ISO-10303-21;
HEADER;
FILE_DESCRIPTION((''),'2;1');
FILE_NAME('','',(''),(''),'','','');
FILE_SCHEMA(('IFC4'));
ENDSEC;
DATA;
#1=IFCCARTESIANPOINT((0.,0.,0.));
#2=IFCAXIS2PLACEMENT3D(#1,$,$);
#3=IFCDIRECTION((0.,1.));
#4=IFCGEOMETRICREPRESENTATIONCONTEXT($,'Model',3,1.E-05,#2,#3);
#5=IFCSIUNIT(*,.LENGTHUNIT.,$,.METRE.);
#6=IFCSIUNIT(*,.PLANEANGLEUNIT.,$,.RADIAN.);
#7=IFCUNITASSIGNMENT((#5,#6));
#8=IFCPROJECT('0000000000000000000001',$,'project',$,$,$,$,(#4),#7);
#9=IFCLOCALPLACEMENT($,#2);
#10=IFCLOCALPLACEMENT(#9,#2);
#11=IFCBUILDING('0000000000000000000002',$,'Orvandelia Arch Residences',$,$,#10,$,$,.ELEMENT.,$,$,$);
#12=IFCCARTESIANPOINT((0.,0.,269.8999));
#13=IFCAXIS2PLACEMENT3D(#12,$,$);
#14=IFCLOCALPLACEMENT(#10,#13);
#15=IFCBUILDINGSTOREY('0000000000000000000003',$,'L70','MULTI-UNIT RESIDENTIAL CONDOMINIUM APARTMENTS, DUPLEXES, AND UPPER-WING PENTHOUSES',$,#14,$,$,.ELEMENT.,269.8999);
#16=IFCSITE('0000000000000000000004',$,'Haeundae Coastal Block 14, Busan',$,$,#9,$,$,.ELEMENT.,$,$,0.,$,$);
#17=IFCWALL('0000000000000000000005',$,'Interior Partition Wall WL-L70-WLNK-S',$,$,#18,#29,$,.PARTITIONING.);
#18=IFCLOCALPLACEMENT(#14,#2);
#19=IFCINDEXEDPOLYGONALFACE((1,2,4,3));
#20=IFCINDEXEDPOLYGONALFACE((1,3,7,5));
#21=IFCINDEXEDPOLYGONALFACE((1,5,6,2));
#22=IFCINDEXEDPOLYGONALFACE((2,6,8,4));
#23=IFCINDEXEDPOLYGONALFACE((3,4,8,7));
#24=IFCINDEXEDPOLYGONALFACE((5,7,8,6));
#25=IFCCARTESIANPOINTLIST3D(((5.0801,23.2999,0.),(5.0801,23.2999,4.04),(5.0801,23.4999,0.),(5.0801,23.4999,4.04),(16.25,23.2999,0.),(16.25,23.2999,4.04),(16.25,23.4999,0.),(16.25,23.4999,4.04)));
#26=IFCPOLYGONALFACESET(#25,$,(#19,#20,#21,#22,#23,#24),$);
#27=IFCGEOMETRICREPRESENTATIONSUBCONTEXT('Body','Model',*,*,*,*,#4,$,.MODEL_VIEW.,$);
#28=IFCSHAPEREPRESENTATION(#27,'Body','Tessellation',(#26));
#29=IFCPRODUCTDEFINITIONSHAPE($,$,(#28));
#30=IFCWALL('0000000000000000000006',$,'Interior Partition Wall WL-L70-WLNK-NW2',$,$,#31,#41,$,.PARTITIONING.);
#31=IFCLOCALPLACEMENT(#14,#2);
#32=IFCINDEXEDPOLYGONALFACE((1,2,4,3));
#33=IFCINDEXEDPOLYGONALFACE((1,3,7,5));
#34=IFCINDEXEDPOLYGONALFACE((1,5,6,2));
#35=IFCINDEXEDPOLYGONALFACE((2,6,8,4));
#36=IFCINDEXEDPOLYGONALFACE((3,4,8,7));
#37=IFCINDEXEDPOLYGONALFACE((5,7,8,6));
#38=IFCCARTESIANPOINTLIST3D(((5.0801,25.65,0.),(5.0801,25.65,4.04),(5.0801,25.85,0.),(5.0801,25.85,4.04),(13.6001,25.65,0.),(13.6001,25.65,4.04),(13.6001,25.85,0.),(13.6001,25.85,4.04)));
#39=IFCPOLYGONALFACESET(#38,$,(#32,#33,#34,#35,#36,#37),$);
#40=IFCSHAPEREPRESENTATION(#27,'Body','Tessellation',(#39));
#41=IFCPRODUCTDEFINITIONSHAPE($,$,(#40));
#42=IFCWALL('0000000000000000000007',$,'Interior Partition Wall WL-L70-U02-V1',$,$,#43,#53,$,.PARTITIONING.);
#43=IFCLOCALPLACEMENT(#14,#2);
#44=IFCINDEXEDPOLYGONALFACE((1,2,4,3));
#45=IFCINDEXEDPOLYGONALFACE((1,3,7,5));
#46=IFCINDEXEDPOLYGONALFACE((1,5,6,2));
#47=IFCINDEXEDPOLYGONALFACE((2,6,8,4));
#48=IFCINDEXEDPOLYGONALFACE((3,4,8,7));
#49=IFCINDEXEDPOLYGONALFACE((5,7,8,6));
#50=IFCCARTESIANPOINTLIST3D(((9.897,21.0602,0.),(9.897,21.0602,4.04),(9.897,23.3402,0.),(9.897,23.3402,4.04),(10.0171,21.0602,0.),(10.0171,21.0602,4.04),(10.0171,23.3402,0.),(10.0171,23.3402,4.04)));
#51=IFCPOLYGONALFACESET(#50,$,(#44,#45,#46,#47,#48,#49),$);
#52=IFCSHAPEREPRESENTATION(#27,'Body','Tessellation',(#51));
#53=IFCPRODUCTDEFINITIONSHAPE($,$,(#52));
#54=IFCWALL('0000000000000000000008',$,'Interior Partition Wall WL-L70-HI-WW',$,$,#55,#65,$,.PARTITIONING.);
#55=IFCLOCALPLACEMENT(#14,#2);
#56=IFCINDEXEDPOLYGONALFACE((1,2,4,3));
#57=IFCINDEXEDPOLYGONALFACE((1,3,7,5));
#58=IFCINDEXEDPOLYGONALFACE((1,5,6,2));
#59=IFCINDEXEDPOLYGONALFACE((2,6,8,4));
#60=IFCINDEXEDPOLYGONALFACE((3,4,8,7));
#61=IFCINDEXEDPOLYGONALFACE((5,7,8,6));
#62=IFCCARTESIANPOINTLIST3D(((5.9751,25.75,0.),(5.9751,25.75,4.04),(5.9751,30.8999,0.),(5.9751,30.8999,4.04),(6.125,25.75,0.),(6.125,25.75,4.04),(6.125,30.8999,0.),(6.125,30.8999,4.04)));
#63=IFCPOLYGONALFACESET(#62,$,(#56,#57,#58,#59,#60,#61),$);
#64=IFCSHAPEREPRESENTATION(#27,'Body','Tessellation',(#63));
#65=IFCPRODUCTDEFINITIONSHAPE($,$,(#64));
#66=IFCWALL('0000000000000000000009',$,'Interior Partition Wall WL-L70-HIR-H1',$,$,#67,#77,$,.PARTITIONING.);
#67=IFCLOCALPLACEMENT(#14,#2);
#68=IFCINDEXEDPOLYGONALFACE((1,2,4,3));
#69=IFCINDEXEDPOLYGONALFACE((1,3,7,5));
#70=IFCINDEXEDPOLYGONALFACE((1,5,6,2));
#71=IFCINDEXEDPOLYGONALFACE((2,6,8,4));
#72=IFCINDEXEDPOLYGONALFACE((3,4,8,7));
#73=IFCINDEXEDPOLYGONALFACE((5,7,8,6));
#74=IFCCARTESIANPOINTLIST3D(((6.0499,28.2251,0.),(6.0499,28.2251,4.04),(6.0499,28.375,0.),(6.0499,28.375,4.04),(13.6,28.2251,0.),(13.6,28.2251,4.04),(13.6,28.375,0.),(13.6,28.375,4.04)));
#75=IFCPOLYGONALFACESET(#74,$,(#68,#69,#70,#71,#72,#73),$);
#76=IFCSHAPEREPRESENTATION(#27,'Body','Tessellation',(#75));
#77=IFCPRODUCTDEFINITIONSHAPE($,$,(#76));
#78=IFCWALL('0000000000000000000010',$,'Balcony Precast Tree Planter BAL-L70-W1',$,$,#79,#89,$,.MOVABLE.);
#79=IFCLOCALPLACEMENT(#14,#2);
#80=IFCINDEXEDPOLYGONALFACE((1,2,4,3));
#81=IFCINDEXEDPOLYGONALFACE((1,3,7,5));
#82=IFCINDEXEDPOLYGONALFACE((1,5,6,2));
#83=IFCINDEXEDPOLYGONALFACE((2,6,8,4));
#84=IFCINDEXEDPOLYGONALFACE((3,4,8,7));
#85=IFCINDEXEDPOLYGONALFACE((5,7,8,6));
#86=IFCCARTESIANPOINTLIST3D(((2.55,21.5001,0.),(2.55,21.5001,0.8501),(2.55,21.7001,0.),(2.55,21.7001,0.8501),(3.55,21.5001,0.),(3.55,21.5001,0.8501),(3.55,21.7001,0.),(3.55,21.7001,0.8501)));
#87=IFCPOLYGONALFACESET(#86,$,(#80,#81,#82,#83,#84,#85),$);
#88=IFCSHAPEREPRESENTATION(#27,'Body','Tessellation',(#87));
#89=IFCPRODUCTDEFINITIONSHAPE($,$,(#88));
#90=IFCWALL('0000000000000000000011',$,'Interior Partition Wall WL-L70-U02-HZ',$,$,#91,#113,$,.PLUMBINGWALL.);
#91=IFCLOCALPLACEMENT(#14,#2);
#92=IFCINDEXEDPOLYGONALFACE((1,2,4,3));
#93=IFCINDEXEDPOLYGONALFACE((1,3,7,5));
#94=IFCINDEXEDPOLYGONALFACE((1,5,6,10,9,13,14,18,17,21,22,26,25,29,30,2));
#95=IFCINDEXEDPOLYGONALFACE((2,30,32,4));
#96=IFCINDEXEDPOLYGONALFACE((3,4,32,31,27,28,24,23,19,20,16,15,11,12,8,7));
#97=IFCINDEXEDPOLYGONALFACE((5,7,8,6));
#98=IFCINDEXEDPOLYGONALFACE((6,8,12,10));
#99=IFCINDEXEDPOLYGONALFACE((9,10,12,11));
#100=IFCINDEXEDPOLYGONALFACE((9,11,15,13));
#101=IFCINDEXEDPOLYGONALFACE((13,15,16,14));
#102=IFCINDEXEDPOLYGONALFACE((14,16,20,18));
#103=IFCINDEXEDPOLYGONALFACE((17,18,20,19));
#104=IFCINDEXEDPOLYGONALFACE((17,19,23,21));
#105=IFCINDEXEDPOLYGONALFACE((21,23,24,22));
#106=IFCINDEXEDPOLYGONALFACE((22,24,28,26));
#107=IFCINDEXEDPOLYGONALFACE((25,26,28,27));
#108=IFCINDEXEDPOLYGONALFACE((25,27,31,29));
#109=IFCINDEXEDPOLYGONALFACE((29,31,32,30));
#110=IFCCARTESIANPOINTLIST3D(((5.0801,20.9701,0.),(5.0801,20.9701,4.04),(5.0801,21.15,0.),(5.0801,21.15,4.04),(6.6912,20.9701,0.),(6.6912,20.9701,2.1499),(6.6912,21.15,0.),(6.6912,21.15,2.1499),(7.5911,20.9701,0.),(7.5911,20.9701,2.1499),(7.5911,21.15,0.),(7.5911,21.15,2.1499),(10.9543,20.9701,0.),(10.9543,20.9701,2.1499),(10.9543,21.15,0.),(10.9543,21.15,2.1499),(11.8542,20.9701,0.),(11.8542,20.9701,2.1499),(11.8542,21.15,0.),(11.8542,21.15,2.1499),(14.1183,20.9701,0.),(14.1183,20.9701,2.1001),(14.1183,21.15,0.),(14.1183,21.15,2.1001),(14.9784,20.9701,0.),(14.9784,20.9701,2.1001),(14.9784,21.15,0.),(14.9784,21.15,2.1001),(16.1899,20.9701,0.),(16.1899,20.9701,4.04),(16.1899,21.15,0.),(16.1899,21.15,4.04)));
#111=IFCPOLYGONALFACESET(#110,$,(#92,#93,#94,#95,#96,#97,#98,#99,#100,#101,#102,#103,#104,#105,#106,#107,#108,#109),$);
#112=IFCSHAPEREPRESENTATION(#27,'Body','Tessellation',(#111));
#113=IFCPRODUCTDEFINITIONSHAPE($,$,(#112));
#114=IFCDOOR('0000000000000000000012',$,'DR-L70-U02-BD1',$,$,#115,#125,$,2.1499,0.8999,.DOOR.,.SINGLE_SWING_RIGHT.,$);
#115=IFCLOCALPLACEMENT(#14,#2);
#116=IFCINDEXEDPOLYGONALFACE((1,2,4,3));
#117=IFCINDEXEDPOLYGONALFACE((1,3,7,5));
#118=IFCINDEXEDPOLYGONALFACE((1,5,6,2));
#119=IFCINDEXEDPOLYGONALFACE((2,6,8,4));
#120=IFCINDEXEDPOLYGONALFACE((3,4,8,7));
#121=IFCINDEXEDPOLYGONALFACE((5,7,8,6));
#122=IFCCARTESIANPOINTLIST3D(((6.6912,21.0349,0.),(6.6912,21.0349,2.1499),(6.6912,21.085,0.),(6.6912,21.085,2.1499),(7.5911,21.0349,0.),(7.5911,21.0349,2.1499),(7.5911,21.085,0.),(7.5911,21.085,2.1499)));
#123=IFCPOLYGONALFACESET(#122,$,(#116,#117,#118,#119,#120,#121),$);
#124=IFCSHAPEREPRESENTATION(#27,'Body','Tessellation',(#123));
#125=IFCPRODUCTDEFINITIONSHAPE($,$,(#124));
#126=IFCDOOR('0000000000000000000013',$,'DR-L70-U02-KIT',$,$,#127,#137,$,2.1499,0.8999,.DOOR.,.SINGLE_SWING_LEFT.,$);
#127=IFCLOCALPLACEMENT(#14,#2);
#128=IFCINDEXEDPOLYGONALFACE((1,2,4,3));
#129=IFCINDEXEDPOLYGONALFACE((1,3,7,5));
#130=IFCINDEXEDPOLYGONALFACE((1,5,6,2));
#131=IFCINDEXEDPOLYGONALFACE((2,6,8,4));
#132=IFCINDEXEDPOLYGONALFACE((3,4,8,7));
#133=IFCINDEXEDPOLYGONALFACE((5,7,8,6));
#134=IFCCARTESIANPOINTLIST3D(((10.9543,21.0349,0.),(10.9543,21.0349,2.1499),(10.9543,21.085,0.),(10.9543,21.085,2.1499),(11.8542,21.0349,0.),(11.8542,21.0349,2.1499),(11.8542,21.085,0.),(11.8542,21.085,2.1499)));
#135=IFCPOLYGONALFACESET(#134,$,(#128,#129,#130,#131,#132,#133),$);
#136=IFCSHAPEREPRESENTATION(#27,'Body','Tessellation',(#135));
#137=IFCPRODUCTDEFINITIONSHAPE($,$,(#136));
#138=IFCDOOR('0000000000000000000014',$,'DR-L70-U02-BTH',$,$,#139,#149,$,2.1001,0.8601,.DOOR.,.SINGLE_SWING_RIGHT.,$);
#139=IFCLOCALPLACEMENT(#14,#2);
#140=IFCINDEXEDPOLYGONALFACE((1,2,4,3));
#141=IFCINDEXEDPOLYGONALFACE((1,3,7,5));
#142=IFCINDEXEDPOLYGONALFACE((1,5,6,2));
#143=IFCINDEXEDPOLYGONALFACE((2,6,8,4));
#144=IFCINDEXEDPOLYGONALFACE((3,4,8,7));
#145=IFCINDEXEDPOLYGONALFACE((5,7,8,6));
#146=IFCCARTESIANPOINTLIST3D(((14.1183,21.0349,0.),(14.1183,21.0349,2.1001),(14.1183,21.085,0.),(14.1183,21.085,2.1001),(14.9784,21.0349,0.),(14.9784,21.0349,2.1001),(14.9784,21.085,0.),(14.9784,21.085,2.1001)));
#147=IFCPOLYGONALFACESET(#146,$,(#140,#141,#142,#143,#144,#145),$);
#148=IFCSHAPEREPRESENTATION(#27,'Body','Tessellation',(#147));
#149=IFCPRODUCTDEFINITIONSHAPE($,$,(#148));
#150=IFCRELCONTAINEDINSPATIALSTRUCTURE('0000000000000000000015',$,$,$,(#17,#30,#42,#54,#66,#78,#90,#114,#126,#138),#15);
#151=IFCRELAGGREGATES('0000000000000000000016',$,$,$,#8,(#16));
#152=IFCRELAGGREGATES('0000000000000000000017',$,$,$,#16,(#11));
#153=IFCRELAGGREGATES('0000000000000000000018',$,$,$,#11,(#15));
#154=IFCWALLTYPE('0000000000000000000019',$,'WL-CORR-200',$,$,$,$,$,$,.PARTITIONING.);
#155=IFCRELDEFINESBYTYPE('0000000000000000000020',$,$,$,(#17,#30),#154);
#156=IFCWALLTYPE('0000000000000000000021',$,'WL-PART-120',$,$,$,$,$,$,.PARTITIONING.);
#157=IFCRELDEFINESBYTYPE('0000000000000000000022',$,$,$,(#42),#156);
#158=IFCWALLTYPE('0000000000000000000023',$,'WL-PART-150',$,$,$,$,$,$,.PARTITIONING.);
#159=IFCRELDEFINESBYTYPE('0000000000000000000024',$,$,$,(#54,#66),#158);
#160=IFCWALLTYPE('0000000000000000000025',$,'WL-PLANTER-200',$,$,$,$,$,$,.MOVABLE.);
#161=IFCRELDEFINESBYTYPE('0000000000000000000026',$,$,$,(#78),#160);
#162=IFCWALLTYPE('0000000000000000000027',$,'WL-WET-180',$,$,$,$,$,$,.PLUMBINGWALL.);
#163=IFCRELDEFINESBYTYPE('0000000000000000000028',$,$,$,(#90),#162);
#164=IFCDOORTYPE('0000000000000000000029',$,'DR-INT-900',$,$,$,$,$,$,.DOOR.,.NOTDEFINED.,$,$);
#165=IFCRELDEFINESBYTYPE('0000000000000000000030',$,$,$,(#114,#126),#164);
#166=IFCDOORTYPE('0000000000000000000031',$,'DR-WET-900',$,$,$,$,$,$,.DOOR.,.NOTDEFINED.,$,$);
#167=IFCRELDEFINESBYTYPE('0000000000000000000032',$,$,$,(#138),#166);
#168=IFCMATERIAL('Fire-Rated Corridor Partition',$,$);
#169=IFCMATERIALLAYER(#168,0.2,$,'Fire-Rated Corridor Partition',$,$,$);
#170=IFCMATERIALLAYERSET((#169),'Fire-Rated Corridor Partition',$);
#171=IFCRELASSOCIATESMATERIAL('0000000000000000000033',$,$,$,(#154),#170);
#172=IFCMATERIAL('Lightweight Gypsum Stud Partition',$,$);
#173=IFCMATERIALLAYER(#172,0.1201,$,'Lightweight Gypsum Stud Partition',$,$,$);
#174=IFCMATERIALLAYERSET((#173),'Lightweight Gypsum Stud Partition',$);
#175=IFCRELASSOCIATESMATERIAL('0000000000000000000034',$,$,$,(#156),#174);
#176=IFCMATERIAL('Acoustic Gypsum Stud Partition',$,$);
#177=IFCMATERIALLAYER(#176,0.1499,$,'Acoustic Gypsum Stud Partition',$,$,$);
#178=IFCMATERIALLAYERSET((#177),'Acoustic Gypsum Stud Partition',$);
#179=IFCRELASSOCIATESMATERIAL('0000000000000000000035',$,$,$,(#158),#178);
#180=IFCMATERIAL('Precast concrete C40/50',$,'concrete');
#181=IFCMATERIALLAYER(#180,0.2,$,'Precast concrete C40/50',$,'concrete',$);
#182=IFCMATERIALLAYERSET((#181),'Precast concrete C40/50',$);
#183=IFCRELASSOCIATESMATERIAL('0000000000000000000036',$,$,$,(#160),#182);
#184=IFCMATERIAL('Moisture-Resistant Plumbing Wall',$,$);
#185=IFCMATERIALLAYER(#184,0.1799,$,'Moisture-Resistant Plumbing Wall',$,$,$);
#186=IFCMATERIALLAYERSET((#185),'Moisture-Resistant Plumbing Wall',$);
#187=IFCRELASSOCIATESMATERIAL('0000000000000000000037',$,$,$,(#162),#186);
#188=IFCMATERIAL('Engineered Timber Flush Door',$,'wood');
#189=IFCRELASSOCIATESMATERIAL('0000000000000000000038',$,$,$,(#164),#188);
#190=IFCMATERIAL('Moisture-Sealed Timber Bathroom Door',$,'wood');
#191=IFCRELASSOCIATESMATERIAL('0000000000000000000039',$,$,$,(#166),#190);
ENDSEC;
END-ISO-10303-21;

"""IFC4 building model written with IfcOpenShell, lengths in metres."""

from ifc_helpers import new_model, si_unit, direction, frame, frame_2d, origin, place, context, subcontext, project, spatial, rectangle, extrude, material, layer, layer_set, type_object, element, fill, save


model = new_model("IFC4")

# Units and contexts
model_context = context("Model", 3, precision=1e-05, world=origin(), true_north=direction((0.0, 1.0)))
body_context = subcontext(model_context, "Body", "Model", "MODEL_VIEW")
ifc_project = project(units=[si_unit("LENGTHUNIT", "METRE"), si_unit("PLANEANGLEUNIT", "RADIAN")], contexts=[model_context])

# Site, building, storey
site_placement = place(None, origin())
site = spatial("IfcSite", under=ifc_project, at=site_placement, Name="Haeundae Coastal Block 14, Busan", CompositionType="ELEMENT", RefElevation=0.0)
building_placement = place(site_placement, origin())
building = spatial("IfcBuilding", under=site, at=building_placement, Name="Orvandelia Arch Residences", CompositionType="ELEMENT")
storey_placement = place(building_placement, frame((0.0, 0.0, 269.8999)))
storey = spatial("IfcBuildingStorey", under=building, at=storey_placement, Name="L70", Description="MULTI-UNIT RESIDENTIAL CONDOMINIUM APARTMENTS, DUPLEXES, AND UPPER-WING PENTHOUSES", CompositionType="ELEMENT", Elevation=269.8999)

# Walls
ifc_material_1 = material(Name="Fire-Rated Corridor Partition")
ifc_layer_1 = layer(ifc_material_1, 0.2, Name="Fire-Rated Corridor Partition")
ifc_layer_set_1 = layer_set([ifc_layer_1], Name="Fire-Rated Corridor Partition")
wall_type_1 = type_object("IfcWallType", Name="WL-CORR-200", PredefinedType="PARTITIONING", material=ifc_layer_set_1)
wall_1_placement = place(storey_placement, frame((5.0801, 23.3999, 0.0), z_axis=(0.0, 0.0, 1.0), x_axis=(1.0, 0.0, 0.0)))
element("IfcWall", 1, at=wall_1_placement, inside=storey, type_object=wall_type_1, Name="Interior Partition Wall WL-L70-WLNK-S", PredefinedType="PARTITIONING", context=body_context, shape_type="SweptSolid", body=[
    extrude(rectangle(XDim=11.1699, YDim=0.2, at=frame_2d((5.585, 0.0))), origin(), (0.0, 0.0, 1.0), 4.04),
])
wall_2_placement = place(storey_placement, frame((5.0801, 25.75, 0.0), z_axis=(0.0, 0.0, 1.0), x_axis=(1.0, 0.0, 0.0)))
element("IfcWall", 2, at=wall_2_placement, inside=storey, type_object=wall_type_1, Name="Interior Partition Wall WL-L70-WLNK-NW2", PredefinedType="PARTITIONING", context=body_context, shape_type="SweptSolid", body=[
    extrude(rectangle(XDim=8.52, YDim=0.2, at=frame_2d((4.26, 0.0))), origin(), (0.0, 0.0, 1.0), 4.04),
])
ifc_material_2 = material(Name="Lightweight Gypsum Stud Partition")
ifc_layer_2 = layer(ifc_material_2, 0.1201, Name="Lightweight Gypsum Stud Partition")
ifc_layer_set_2 = layer_set([ifc_layer_2], Name="Lightweight Gypsum Stud Partition")
wall_type_2 = type_object("IfcWallType", Name="WL-PART-120", PredefinedType="PARTITIONING", material=ifc_layer_set_2)
wall_3_placement = place(storey_placement, frame((9.957, 21.0601, 0.0), z_axis=(0.0, 0.0, 1.0), x_axis=(0.0, 1.0, 0.0)))
element("IfcWall", 3, at=wall_3_placement, inside=storey, type_object=wall_type_2, Name="Interior Partition Wall WL-L70-U02-V1", PredefinedType="PARTITIONING", context=body_context, shape_type="SweptSolid", body=[
    extrude(rectangle(XDim=2.28, YDim=0.1201, at=frame_2d((1.1401, 0.0))), origin(), (0.0, 0.0, 1.0), 4.04),
])
ifc_material_3 = material(Name="Acoustic Gypsum Stud Partition")
ifc_layer_3 = layer(ifc_material_3, 0.1499, Name="Acoustic Gypsum Stud Partition")
ifc_layer_set_3 = layer_set([ifc_layer_3], Name="Acoustic Gypsum Stud Partition")
wall_type_3 = type_object("IfcWallType", Name="WL-PART-150", PredefinedType="PARTITIONING", material=ifc_layer_set_3)
wall_4_placement = place(storey_placement, frame((6.05, 25.75, 0.0), z_axis=(0.0, 0.0, 1.0), x_axis=(0.0, 1.0, 0.0)))
element("IfcWall", 4, at=wall_4_placement, inside=storey, type_object=wall_type_3, Name="Interior Partition Wall WL-L70-HI-WW", PredefinedType="PARTITIONING", context=body_context, shape_type="SweptSolid", body=[
    extrude(rectangle(XDim=5.1499, YDim=0.1499, at=frame_2d((2.575, 0.0))), origin(), (0.0, 0.0, 1.0), 4.04),
])
wall_5_placement = place(storey_placement, frame((6.05, 28.3, 0.0), z_axis=(0.0, 0.0, 1.0), x_axis=(1.0, 0.0, 0.0)))
element("IfcWall", 5, at=wall_5_placement, inside=storey, type_object=wall_type_3, Name="Interior Partition Wall WL-L70-HIR-H1", PredefinedType="PARTITIONING", context=body_context, shape_type="SweptSolid", body=[
    extrude(rectangle(XDim=7.55, YDim=0.1499, at=frame_2d((3.7749, 0.0))), origin(), (0.0, 0.0, 1.0), 4.04),
])
ifc_material_4 = material(Name="Precast concrete C40/50", Category="concrete")
ifc_layer_4 = layer(ifc_material_4, 0.2, Name="Precast concrete C40/50", Category="concrete")
ifc_layer_set_4 = layer_set([ifc_layer_4], Name="Precast concrete C40/50")
wall_type_4 = type_object("IfcWallType", Name="WL-PLANTER-200", PredefinedType="MOVABLE", material=ifc_layer_set_4)
wall_6_placement = place(storey_placement, frame((2.55, 21.6001, 0.0), z_axis=(0.0, 0.0, 1.0), x_axis=(1.0, 0.0, 0.0)))
element("IfcWall", 6, at=wall_6_placement, inside=storey, type_object=wall_type_4, Name="Balcony Precast Tree Planter BAL-L70-W1", PredefinedType="MOVABLE", context=body_context, shape_type="SweptSolid", body=[
    extrude(rectangle(XDim=1.0, YDim=0.2, at=frame_2d((0.5, 0.0))), origin(), (0.0, 0.0, 1.0), 0.8501),
])

# Wall, openings, doors
ifc_material_5 = material(Name="Moisture-Resistant Plumbing Wall")
ifc_layer_5 = layer(ifc_material_5, 0.1799, Name="Moisture-Resistant Plumbing Wall")
ifc_layer_set_5 = layer_set([ifc_layer_5], Name="Moisture-Resistant Plumbing Wall")
wall_type_5 = type_object("IfcWallType", Name="WL-WET-180", PredefinedType="PLUMBINGWALL", material=ifc_layer_set_5)
wall_7_placement = place(storey_placement, frame((5.0801, 21.0601, 0.0), z_axis=(0.0, 0.0, 1.0), x_axis=(1.0, 0.0, 0.0)))
wall_7 = element("IfcWall", 7, at=wall_7_placement, inside=storey, type_object=wall_type_5, Name="Interior Partition Wall WL-L70-U02-HZ", PredefinedType="PLUMBINGWALL", context=body_context, shape_type="SweptSolid", body=[
    extrude(rectangle(XDim=11.1099, YDim=0.1799, at=frame_2d((5.5549, 0.0))), origin(), (0.0, 0.0, 1.0), 4.04),
])
opening_1_placement = place(wall_7_placement, frame((1.6111, 0.0, 0.0)))
opening_1 = element("IfcOpeningElement", 8, at=opening_1_placement, cuts=wall_7, PredefinedType="OPENING", context=body_context, shape_type="SweptSolid", body=[
    extrude(rectangle(XDim=0.8999, YDim=2.1499, at=frame_2d((0.45, 1.075))), frame((0.0, 0.1001, 0.0), z_axis=(0.0, -1.0, 0.0), x_axis=(1.0, 0.0, 0.0)), (0.0, 0.0, 1.0), 0.2),
])
opening_2_placement = place(wall_7_placement, frame((5.8743, 0.0, 0.0)))
opening_2 = element("IfcOpeningElement", 9, at=opening_2_placement, cuts=wall_7, PredefinedType="OPENING", context=body_context, shape_type="SweptSolid", body=[
    extrude(rectangle(XDim=0.8999, YDim=2.1499, at=frame_2d((0.45, 1.075))), frame((0.0, 0.1001, 0.0), z_axis=(0.0, -1.0, 0.0), x_axis=(1.0, 0.0, 0.0)), (0.0, 0.0, 1.0), 0.2),
])
opening_3_placement = place(wall_7_placement, frame((9.0381, 0.0, 0.0)))
opening_3 = element("IfcOpeningElement", 10, at=opening_3_placement, cuts=wall_7, PredefinedType="OPENING", context=body_context, shape_type="SweptSolid", body=[
    extrude(rectangle(XDim=0.8601, YDim=2.1001, at=frame_2d((0.4302, 1.05))), frame((0.0, 0.1001, 0.0), z_axis=(0.0, -1.0, 0.0), x_axis=(1.0, 0.0, 0.0)), (0.0, 0.0, 1.0), 0.2),
])
ifc_material_6 = material(Name="Engineered Timber Flush Door", Category="wood")
door_type_1 = type_object("IfcDoorType", Name="DR-INT-900", OperationType="NOTDEFINED", PredefinedType="DOOR", material=ifc_material_6)
door_1_placement = place(opening_1_placement, origin())
door_1 = element("IfcDoor", 11, at=door_1_placement, inside=storey, type_object=door_type_1, Name="DR-L70-U02-BD1", OperationType="SINGLE_SWING_RIGHT", OverallHeight=2.1499, OverallWidth=0.8999, PredefinedType="DOOR", context=body_context, shape_type="SweptSolid", body=[
    extrude(rectangle(XDim=0.8999, YDim=2.1499, at=frame_2d((0.45, 1.075))), frame((0.0, 0.0249, 0.0), z_axis=(0.0, -1.0, 0.0), x_axis=(1.0, 0.0, 0.0)), (0.0, 0.0, 1.0), 0.05),
])
fill(opening_1, door_1)
door_2_placement = place(opening_2_placement, origin())
door_2 = element("IfcDoor", 12, at=door_2_placement, inside=storey, type_object=door_type_1, Name="DR-L70-U02-KIT", OperationType="SINGLE_SWING_LEFT", OverallHeight=2.1499, OverallWidth=0.8999, PredefinedType="DOOR", context=body_context, shape_type="SweptSolid", body=[
    extrude(rectangle(XDim=0.8999, YDim=2.1499, at=frame_2d((0.45, 1.075))), frame((0.0, 0.0249, 0.0), z_axis=(0.0, -1.0, 0.0), x_axis=(1.0, 0.0, 0.0)), (0.0, 0.0, 1.0), 0.05),
])
fill(opening_2, door_2)
ifc_material_7 = material(Name="Moisture-Sealed Timber Bathroom Door", Category="wood")
door_type_2 = type_object("IfcDoorType", Name="DR-WET-900", OperationType="NOTDEFINED", PredefinedType="DOOR", material=ifc_material_7)
door_3_placement = place(opening_3_placement, origin())
door_3 = element("IfcDoor", 13, at=door_3_placement, inside=storey, type_object=door_type_2, Name="DR-L70-U02-BTH", OperationType="SINGLE_SWING_RIGHT", OverallHeight=2.1001, OverallWidth=0.8601, PredefinedType="DOOR", context=body_context, shape_type="SweptSolid", body=[
    extrude(rectangle(XDim=0.8601, YDim=2.1001, at=frame_2d((0.4302, 1.05))), frame((0.0, 0.0249, 0.0), z_axis=(0.0, -1.0, 0.0), x_axis=(1.0, 0.0, 0.0)), (0.0, 0.0, 1.0), 0.05),
])
fill(opening_3, door_3)

save(model, "model.ifc")
